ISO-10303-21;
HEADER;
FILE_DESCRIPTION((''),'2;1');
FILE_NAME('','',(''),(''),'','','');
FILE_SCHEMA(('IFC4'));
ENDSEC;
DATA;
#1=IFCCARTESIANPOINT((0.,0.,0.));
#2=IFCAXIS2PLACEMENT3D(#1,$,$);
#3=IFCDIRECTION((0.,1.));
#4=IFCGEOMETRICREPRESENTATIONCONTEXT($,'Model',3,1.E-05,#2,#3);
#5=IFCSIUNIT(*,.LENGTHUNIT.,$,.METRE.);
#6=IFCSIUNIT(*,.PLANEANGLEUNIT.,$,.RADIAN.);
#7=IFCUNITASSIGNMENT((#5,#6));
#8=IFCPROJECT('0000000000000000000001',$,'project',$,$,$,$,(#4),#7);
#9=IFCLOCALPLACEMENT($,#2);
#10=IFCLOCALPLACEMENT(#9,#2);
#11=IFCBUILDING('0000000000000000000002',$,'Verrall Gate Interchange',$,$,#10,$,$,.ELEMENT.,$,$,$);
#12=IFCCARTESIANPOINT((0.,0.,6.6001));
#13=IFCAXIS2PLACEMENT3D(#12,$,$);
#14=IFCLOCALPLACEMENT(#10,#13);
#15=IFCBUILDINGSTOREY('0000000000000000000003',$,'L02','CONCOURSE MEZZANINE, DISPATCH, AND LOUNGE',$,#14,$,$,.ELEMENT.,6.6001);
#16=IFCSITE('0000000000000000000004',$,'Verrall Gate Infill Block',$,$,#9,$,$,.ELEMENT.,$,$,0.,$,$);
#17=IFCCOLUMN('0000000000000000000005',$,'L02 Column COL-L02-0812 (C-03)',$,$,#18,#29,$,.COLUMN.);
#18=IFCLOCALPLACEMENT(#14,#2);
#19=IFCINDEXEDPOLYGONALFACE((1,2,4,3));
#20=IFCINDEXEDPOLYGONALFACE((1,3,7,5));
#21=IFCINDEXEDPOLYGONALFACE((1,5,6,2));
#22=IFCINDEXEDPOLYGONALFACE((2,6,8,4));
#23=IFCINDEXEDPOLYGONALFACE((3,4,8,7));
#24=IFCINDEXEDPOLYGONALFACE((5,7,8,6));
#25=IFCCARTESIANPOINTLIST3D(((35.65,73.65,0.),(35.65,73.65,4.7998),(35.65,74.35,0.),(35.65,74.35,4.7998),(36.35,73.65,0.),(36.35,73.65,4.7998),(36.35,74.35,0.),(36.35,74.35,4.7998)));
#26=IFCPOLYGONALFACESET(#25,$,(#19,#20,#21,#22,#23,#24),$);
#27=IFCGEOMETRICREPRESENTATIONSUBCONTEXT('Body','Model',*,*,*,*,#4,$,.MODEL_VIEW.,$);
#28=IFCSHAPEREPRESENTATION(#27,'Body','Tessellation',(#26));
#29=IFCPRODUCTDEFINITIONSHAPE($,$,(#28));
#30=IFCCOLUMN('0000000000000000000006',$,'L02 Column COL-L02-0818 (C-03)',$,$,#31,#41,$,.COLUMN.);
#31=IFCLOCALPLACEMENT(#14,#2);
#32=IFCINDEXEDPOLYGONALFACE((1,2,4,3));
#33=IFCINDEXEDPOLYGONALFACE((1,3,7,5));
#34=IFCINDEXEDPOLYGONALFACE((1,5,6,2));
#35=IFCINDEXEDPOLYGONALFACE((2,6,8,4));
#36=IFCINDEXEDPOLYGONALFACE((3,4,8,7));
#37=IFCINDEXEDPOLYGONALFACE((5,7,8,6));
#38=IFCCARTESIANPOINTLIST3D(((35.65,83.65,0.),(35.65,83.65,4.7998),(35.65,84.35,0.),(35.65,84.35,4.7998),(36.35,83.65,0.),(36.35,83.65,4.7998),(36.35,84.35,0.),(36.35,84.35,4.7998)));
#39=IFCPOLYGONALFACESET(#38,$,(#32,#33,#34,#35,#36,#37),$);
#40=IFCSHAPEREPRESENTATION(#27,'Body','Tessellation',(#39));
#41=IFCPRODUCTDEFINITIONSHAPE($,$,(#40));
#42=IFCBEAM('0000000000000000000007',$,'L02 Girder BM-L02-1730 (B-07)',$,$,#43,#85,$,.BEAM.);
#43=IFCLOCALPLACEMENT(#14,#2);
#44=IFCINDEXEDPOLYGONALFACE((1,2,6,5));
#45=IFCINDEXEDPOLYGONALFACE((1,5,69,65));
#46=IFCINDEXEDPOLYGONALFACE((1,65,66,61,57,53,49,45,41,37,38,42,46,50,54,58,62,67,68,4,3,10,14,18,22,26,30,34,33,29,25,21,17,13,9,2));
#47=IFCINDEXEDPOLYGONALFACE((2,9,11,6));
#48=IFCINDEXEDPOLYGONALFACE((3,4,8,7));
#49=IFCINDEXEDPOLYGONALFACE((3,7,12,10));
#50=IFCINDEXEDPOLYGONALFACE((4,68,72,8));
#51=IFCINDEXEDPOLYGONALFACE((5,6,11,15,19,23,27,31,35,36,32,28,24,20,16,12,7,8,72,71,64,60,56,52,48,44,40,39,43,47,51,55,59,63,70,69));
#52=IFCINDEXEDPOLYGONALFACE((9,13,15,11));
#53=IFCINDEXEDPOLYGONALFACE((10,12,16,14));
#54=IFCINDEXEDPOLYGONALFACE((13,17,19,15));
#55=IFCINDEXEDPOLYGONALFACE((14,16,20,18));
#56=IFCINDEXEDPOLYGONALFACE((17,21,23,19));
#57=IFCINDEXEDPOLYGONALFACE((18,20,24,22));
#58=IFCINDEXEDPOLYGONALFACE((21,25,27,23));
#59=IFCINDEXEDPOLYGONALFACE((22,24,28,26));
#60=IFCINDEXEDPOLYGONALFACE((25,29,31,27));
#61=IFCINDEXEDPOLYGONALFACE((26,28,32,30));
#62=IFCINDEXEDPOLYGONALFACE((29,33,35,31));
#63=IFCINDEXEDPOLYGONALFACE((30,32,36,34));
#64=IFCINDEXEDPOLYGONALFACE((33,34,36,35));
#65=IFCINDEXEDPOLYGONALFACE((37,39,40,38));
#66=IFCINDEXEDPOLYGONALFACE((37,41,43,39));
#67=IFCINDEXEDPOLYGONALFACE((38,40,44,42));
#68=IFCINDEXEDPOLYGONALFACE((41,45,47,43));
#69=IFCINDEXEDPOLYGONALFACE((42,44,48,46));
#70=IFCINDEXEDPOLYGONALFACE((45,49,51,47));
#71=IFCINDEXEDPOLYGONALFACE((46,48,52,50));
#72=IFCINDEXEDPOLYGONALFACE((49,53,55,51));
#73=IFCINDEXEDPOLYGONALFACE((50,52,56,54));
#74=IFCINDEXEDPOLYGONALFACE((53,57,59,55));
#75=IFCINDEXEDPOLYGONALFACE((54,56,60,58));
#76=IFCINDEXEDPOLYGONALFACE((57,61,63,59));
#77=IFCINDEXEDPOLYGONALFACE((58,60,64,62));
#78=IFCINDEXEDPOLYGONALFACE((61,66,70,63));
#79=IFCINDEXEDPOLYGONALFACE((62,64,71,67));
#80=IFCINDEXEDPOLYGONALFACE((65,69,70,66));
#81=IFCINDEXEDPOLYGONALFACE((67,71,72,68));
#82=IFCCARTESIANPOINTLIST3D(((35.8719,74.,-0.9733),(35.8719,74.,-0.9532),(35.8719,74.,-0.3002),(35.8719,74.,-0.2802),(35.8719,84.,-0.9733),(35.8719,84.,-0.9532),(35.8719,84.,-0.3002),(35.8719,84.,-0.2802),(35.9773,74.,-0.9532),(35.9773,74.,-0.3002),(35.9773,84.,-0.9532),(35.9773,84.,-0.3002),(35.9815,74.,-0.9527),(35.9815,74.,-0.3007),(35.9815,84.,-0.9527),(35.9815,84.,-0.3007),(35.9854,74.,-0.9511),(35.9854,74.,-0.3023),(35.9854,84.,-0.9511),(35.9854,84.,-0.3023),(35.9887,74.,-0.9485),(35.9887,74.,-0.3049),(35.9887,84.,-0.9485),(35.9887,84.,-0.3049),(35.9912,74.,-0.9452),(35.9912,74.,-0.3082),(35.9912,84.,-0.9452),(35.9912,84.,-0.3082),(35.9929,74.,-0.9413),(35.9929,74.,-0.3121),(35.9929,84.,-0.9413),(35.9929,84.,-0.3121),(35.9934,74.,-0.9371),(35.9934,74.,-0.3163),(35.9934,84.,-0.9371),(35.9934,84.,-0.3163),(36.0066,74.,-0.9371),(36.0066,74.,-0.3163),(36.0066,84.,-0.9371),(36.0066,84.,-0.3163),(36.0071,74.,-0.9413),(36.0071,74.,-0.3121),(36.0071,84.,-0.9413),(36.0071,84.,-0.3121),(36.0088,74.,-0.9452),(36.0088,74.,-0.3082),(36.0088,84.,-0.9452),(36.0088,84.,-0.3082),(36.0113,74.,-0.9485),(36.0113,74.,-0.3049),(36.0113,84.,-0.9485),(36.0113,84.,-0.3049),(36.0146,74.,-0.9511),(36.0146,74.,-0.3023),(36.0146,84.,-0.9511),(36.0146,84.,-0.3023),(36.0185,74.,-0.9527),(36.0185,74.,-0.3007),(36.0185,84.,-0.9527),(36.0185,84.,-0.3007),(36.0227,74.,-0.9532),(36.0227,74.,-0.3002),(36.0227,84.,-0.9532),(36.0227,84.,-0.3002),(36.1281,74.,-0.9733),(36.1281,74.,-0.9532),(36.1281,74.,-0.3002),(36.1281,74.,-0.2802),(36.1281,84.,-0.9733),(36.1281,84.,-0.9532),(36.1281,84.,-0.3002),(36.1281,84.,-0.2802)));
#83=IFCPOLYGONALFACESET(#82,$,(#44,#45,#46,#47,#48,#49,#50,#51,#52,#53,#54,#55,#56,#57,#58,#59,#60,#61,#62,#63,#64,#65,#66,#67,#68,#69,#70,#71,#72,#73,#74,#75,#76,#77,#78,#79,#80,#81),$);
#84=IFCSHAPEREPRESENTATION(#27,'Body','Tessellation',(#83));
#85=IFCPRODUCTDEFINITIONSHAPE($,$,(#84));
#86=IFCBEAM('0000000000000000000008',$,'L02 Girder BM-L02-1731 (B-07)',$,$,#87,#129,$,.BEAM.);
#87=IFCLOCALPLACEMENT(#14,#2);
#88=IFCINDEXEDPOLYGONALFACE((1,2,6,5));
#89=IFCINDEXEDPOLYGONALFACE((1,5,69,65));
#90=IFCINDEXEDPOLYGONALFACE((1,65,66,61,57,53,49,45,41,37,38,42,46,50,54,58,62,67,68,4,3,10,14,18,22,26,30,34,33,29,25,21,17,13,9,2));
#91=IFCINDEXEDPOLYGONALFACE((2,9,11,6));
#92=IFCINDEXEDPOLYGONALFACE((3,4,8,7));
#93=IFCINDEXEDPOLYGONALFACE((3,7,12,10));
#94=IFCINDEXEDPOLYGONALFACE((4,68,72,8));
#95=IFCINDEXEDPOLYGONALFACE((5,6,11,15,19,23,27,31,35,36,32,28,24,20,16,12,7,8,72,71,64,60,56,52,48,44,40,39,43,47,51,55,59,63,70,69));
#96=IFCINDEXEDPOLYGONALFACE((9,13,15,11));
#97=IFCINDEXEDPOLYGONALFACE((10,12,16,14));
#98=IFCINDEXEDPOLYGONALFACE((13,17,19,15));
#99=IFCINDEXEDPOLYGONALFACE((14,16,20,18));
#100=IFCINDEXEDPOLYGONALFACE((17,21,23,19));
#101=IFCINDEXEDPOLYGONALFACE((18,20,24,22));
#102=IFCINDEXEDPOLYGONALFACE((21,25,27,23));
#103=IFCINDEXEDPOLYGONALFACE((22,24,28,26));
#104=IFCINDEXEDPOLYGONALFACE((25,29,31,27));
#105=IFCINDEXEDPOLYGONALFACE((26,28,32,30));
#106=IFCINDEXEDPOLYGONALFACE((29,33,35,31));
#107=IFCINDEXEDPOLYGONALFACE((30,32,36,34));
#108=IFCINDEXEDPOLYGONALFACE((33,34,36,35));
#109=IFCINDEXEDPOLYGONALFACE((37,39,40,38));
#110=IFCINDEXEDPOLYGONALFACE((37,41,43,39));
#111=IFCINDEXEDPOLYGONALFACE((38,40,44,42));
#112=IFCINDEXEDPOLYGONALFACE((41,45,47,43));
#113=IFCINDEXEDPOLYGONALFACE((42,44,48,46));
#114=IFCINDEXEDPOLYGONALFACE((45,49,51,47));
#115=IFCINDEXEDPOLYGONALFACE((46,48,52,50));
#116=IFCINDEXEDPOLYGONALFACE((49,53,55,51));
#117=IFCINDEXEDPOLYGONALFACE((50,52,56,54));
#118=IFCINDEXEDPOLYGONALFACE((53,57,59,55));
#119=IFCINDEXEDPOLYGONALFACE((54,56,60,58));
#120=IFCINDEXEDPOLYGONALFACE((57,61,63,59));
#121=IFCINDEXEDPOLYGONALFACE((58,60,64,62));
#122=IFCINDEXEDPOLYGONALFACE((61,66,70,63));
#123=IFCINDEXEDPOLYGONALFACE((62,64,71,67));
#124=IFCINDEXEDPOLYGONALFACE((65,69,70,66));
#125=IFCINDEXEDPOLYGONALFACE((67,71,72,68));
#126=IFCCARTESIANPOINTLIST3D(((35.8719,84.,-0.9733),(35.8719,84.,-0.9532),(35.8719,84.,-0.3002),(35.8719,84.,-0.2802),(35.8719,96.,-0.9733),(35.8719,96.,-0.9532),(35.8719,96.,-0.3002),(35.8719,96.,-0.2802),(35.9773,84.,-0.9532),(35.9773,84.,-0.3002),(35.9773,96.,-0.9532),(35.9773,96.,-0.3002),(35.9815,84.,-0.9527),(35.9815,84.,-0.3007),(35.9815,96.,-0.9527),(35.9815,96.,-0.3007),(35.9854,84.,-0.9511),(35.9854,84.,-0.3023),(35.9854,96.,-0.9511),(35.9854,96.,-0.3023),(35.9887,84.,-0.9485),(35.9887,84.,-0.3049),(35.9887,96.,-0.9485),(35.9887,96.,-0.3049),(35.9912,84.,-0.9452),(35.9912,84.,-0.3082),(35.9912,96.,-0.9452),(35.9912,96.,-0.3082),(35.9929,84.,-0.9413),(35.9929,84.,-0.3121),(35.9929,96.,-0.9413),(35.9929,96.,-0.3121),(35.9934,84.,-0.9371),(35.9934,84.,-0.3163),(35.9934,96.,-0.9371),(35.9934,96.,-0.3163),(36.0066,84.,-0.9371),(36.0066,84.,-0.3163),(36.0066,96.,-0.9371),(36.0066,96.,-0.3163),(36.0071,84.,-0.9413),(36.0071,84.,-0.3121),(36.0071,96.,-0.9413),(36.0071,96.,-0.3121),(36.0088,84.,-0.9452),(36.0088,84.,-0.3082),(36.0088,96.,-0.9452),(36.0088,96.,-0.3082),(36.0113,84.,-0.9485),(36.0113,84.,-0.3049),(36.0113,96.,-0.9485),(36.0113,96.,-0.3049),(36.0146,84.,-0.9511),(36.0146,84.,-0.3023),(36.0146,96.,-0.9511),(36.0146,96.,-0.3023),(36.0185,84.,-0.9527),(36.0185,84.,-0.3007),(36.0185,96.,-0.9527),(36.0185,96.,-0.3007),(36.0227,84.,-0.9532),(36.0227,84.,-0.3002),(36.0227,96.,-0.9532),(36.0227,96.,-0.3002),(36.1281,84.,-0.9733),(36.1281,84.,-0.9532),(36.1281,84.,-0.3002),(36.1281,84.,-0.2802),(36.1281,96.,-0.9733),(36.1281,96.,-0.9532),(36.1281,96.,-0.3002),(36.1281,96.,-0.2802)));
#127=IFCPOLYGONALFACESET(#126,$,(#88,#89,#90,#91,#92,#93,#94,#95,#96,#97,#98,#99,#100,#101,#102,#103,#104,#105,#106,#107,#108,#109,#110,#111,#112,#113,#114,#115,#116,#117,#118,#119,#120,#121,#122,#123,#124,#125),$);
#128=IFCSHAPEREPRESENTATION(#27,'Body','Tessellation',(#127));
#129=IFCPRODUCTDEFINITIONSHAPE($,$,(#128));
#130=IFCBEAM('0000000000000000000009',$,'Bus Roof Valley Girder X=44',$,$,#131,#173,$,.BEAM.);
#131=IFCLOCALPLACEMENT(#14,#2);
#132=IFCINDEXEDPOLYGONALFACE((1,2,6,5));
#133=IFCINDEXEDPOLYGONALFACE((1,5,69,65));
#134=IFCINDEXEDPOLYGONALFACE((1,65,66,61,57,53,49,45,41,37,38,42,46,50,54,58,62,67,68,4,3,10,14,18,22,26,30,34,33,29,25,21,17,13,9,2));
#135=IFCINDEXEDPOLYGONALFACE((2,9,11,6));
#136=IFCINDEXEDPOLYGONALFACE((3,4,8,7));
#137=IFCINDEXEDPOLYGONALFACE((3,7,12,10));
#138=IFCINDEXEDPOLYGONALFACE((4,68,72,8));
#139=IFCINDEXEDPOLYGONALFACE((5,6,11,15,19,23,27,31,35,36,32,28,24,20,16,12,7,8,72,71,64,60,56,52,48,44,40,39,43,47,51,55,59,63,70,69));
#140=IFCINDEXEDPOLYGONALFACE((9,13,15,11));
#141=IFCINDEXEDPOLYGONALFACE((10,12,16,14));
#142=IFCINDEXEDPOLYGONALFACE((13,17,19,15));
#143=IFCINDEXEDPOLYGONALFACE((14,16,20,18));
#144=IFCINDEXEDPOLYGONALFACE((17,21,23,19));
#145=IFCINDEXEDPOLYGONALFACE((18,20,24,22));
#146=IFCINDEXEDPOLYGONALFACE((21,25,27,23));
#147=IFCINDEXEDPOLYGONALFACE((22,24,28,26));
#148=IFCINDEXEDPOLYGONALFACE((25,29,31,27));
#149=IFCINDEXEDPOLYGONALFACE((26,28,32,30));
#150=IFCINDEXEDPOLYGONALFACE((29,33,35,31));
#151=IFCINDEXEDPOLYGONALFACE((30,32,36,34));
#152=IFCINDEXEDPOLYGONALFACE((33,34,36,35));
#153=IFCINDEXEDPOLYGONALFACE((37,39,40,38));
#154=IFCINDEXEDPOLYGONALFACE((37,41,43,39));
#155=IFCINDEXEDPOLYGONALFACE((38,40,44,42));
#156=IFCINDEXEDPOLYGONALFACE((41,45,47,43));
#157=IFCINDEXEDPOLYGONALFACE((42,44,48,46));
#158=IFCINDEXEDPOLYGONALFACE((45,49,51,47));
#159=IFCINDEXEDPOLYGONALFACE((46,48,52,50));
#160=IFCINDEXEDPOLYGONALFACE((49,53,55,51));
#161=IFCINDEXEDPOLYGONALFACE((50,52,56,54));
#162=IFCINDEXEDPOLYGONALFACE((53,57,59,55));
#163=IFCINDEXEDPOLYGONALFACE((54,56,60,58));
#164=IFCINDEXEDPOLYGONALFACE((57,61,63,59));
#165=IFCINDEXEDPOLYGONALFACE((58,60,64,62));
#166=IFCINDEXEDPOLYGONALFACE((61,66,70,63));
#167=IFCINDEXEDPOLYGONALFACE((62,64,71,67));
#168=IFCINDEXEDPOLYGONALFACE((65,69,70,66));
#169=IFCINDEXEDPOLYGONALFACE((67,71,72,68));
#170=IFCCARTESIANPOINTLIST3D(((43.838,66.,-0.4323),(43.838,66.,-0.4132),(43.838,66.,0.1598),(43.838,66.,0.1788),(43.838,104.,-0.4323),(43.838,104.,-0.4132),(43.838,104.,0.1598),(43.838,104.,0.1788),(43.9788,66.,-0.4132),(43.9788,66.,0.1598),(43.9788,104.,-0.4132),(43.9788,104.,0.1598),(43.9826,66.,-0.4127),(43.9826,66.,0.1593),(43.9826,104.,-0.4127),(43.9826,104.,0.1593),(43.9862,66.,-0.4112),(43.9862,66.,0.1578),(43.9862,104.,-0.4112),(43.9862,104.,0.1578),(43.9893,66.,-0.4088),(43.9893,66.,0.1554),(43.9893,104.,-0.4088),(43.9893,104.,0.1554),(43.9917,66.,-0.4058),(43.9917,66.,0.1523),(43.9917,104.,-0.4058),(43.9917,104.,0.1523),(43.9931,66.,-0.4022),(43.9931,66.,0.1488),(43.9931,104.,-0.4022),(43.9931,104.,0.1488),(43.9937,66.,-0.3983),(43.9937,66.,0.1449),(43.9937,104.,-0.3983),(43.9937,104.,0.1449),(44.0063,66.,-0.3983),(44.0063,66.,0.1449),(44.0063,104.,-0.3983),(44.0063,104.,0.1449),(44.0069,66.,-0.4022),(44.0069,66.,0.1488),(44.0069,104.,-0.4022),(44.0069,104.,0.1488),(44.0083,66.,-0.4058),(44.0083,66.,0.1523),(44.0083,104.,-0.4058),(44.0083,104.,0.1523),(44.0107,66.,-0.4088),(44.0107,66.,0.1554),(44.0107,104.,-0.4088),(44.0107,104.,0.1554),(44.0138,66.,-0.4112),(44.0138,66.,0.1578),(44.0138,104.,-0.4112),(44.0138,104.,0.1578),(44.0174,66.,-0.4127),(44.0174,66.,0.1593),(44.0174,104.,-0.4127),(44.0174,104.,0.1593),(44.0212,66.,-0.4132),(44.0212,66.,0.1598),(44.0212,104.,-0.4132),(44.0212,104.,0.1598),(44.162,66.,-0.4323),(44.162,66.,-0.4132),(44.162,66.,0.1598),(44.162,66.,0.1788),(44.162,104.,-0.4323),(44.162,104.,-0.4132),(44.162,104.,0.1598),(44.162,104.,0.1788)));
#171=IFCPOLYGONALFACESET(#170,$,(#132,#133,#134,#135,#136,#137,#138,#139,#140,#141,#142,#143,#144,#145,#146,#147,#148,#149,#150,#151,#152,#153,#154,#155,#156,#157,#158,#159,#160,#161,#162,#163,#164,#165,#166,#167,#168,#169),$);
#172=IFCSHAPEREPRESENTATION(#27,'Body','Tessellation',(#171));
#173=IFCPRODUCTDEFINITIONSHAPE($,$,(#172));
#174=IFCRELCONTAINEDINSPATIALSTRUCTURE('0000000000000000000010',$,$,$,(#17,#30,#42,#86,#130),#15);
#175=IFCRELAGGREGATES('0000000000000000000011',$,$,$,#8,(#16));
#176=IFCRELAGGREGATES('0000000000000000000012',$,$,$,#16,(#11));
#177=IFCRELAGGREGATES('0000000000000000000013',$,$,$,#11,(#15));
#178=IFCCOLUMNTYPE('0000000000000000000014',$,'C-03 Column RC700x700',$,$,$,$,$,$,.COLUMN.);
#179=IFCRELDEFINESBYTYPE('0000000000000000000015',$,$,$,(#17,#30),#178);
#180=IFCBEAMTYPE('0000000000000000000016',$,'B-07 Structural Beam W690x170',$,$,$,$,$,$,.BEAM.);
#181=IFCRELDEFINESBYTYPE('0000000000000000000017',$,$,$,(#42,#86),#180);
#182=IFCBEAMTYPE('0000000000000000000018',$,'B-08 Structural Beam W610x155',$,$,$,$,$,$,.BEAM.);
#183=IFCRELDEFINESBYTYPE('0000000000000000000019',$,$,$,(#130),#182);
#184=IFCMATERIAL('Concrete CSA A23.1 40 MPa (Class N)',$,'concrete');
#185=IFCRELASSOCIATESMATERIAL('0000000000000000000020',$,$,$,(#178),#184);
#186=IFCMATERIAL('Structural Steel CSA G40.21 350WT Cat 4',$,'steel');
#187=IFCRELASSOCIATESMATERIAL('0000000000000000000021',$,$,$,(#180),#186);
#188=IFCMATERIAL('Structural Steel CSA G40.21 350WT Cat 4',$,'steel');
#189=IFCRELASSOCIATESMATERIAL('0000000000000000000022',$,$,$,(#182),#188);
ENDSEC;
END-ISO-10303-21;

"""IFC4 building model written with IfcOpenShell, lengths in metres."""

from ifc_helpers import new_model, si_unit, direction, frame, origin, origin_2d, place, context, subcontext, project, spatial, rectangle, i_section, extrude, material, material_profile, profile_set, type_object, element, save


model = new_model("IFC4")

# Units and contexts
model_context = context("Model", 3, precision=1e-05, world=origin(), true_north=direction((0.0, 1.0)))
body_context = subcontext(model_context, "Body", "Model", "MODEL_VIEW")
ifc_project = project(units=[si_unit("LENGTHUNIT", "METRE"), si_unit("PLANEANGLEUNIT", "RADIAN")], contexts=[model_context])

# Site, building, storey
site_placement = place(None, origin())
site = spatial("IfcSite", under=ifc_project, at=site_placement, Name="Verrall Gate Infill Block", CompositionType="ELEMENT", RefElevation=0.0)
building_placement = place(site_placement, origin())
building = spatial("IfcBuilding", under=site, at=building_placement, Name="Verrall Gate Interchange", CompositionType="ELEMENT")
storey_placement = place(building_placement, frame((0.0, 0.0, 6.6001)))
storey = spatial("IfcBuildingStorey", under=building, at=storey_placement, Name="L02", Description="CONCOURSE MEZZANINE, DISPATCH, AND LOUNGE", CompositionType="ELEMENT", Elevation=6.6001)

# Columns
ifc_material_1 = material(Name="Concrete CSA A23.1 40 MPa (Class N)", Category="concrete")
ifc_material_profile_1 = material_profile(ifc_material_1, rectangle(XDim=0.7, YDim=0.7, at=origin_2d()), Name="RC700x700")
ifc_profile_set_1 = profile_set([ifc_material_profile_1], Name="Concrete CSA A23.1 40 MPa (Class N)")
column_type = type_object("IfcColumnType", Name="C-03 Column RC700x700", PredefinedType="COLUMN", material=ifc_profile_set_1)
for number, where, z_axis, x_axis, name in (
    (1, (36.0, 74.0, 0.0), (0.0, 0.0, 1.0), (1.0, 0.0, 0.0), "L02 Column COL-L02-0812 (C-03)"),
    (2, (36.0, 84.0, 0.0), (0.0, 0.0, 1.0), (1.0, 0.0, 0.0), "L02 Column COL-L02-0818 (C-03)"),
):
    element("IfcColumn", number, at=place(storey_placement, frame(where, z_axis=z_axis, x_axis=x_axis)), inside=storey, type_object=column_type, Name=name, PredefinedType="COLUMN", context=body_context, shape_type="SweptSolid", body=[
        extrude(rectangle(XDim=0.7, YDim=0.7, at=origin_2d()), origin(), (0.0, 0.0, 1.0), 4.7998),
    ])

# Beams
ifc_material_2 = material(Name="Structural Steel CSA G40.21 350WT Cat 4", Category="steel")
ifc_material_profile_2 = material_profile(ifc_material_2, i_section(OverallWidth=0.2561, OverallDepth=0.6931, WebThickness=0.0132, FlangeThickness=0.02, FilletRadius=0.0161, at=origin_2d()), Name="W690x170")
ifc_profile_set_2 = profile_set([ifc_material_profile_2], Name="Structural Steel CSA G40.21 350WT Cat 4")
beam_type_1 = type_object("IfcBeamType", Name="B-07 Structural Beam W690x170", PredefinedType="BEAM", material=ifc_profile_set_2)
beam_1_placement = place(storey_placement, frame((36.0, 74.0, -0.6267), z_axis=(0.0, 1.0, 0.0), x_axis=(-1.0, 0.0, 0.0)))
element("IfcBeam", 3, at=beam_1_placement, inside=storey, type_object=beam_type_1, Name="L02 Girder BM-L02-1730 (B-07)", PredefinedType="BEAM", context=body_context, shape_type="SweptSolid", body=[
    extrude(i_section(OverallWidth=0.2561, OverallDepth=0.6931, WebThickness=0.0132, FlangeThickness=0.02, FilletRadius=0.0161, at=origin_2d()), origin(), (0.0, 0.0, 1.0), 10.0),
])
beam_2_placement = place(storey_placement, frame((36.0, 84.0, -0.6267), z_axis=(0.0, 1.0, 0.0), x_axis=(-1.0, 0.0, 0.0)))
element("IfcBeam", 4, at=beam_2_placement, inside=storey, type_object=beam_type_1, Name="L02 Girder BM-L02-1731 (B-07)", PredefinedType="BEAM", context=body_context, shape_type="SweptSolid", body=[
    extrude(i_section(OverallWidth=0.2561, OverallDepth=0.6931, WebThickness=0.0132, FlangeThickness=0.02, FilletRadius=0.0161, at=origin_2d()), origin(), (0.0, 0.0, 1.0), 12.0),
])
ifc_material_3 = material(Name="Structural Steel CSA G40.21 350WT Cat 4", Category="steel")
ifc_material_profile_3 = material_profile(ifc_material_3, i_section(OverallWidth=0.324, OverallDepth=0.6111, WebThickness=0.0127, FlangeThickness=0.019, FilletRadius=0.0149, at=origin_2d()), Name="W610x155")
ifc_profile_set_3 = profile_set([ifc_material_profile_3], Name="Structural Steel CSA G40.21 350WT Cat 4")
beam_type_2 = type_object("IfcBeamType", Name="B-08 Structural Beam W610x155", PredefinedType="BEAM", material=ifc_profile_set_3)
beam_3_placement = place(storey_placement, frame((44.0, 66.0, -0.1267), z_axis=(0.0, 1.0, 0.0), x_axis=(-1.0, 0.0, 0.0)))
element("IfcBeam", 5, at=beam_3_placement, inside=storey, type_object=beam_type_2, Name="Bus Roof Valley Girder X=44", PredefinedType="BEAM", context=body_context, shape_type="SweptSolid", body=[
    extrude(i_section(OverallWidth=0.324, OverallDepth=0.6111, WebThickness=0.0127, FlangeThickness=0.019, FilletRadius=0.0149, at=origin_2d()), origin(), (0.0, 0.0, 1.0), 38.0),
])

save(model, "model.ifc")
